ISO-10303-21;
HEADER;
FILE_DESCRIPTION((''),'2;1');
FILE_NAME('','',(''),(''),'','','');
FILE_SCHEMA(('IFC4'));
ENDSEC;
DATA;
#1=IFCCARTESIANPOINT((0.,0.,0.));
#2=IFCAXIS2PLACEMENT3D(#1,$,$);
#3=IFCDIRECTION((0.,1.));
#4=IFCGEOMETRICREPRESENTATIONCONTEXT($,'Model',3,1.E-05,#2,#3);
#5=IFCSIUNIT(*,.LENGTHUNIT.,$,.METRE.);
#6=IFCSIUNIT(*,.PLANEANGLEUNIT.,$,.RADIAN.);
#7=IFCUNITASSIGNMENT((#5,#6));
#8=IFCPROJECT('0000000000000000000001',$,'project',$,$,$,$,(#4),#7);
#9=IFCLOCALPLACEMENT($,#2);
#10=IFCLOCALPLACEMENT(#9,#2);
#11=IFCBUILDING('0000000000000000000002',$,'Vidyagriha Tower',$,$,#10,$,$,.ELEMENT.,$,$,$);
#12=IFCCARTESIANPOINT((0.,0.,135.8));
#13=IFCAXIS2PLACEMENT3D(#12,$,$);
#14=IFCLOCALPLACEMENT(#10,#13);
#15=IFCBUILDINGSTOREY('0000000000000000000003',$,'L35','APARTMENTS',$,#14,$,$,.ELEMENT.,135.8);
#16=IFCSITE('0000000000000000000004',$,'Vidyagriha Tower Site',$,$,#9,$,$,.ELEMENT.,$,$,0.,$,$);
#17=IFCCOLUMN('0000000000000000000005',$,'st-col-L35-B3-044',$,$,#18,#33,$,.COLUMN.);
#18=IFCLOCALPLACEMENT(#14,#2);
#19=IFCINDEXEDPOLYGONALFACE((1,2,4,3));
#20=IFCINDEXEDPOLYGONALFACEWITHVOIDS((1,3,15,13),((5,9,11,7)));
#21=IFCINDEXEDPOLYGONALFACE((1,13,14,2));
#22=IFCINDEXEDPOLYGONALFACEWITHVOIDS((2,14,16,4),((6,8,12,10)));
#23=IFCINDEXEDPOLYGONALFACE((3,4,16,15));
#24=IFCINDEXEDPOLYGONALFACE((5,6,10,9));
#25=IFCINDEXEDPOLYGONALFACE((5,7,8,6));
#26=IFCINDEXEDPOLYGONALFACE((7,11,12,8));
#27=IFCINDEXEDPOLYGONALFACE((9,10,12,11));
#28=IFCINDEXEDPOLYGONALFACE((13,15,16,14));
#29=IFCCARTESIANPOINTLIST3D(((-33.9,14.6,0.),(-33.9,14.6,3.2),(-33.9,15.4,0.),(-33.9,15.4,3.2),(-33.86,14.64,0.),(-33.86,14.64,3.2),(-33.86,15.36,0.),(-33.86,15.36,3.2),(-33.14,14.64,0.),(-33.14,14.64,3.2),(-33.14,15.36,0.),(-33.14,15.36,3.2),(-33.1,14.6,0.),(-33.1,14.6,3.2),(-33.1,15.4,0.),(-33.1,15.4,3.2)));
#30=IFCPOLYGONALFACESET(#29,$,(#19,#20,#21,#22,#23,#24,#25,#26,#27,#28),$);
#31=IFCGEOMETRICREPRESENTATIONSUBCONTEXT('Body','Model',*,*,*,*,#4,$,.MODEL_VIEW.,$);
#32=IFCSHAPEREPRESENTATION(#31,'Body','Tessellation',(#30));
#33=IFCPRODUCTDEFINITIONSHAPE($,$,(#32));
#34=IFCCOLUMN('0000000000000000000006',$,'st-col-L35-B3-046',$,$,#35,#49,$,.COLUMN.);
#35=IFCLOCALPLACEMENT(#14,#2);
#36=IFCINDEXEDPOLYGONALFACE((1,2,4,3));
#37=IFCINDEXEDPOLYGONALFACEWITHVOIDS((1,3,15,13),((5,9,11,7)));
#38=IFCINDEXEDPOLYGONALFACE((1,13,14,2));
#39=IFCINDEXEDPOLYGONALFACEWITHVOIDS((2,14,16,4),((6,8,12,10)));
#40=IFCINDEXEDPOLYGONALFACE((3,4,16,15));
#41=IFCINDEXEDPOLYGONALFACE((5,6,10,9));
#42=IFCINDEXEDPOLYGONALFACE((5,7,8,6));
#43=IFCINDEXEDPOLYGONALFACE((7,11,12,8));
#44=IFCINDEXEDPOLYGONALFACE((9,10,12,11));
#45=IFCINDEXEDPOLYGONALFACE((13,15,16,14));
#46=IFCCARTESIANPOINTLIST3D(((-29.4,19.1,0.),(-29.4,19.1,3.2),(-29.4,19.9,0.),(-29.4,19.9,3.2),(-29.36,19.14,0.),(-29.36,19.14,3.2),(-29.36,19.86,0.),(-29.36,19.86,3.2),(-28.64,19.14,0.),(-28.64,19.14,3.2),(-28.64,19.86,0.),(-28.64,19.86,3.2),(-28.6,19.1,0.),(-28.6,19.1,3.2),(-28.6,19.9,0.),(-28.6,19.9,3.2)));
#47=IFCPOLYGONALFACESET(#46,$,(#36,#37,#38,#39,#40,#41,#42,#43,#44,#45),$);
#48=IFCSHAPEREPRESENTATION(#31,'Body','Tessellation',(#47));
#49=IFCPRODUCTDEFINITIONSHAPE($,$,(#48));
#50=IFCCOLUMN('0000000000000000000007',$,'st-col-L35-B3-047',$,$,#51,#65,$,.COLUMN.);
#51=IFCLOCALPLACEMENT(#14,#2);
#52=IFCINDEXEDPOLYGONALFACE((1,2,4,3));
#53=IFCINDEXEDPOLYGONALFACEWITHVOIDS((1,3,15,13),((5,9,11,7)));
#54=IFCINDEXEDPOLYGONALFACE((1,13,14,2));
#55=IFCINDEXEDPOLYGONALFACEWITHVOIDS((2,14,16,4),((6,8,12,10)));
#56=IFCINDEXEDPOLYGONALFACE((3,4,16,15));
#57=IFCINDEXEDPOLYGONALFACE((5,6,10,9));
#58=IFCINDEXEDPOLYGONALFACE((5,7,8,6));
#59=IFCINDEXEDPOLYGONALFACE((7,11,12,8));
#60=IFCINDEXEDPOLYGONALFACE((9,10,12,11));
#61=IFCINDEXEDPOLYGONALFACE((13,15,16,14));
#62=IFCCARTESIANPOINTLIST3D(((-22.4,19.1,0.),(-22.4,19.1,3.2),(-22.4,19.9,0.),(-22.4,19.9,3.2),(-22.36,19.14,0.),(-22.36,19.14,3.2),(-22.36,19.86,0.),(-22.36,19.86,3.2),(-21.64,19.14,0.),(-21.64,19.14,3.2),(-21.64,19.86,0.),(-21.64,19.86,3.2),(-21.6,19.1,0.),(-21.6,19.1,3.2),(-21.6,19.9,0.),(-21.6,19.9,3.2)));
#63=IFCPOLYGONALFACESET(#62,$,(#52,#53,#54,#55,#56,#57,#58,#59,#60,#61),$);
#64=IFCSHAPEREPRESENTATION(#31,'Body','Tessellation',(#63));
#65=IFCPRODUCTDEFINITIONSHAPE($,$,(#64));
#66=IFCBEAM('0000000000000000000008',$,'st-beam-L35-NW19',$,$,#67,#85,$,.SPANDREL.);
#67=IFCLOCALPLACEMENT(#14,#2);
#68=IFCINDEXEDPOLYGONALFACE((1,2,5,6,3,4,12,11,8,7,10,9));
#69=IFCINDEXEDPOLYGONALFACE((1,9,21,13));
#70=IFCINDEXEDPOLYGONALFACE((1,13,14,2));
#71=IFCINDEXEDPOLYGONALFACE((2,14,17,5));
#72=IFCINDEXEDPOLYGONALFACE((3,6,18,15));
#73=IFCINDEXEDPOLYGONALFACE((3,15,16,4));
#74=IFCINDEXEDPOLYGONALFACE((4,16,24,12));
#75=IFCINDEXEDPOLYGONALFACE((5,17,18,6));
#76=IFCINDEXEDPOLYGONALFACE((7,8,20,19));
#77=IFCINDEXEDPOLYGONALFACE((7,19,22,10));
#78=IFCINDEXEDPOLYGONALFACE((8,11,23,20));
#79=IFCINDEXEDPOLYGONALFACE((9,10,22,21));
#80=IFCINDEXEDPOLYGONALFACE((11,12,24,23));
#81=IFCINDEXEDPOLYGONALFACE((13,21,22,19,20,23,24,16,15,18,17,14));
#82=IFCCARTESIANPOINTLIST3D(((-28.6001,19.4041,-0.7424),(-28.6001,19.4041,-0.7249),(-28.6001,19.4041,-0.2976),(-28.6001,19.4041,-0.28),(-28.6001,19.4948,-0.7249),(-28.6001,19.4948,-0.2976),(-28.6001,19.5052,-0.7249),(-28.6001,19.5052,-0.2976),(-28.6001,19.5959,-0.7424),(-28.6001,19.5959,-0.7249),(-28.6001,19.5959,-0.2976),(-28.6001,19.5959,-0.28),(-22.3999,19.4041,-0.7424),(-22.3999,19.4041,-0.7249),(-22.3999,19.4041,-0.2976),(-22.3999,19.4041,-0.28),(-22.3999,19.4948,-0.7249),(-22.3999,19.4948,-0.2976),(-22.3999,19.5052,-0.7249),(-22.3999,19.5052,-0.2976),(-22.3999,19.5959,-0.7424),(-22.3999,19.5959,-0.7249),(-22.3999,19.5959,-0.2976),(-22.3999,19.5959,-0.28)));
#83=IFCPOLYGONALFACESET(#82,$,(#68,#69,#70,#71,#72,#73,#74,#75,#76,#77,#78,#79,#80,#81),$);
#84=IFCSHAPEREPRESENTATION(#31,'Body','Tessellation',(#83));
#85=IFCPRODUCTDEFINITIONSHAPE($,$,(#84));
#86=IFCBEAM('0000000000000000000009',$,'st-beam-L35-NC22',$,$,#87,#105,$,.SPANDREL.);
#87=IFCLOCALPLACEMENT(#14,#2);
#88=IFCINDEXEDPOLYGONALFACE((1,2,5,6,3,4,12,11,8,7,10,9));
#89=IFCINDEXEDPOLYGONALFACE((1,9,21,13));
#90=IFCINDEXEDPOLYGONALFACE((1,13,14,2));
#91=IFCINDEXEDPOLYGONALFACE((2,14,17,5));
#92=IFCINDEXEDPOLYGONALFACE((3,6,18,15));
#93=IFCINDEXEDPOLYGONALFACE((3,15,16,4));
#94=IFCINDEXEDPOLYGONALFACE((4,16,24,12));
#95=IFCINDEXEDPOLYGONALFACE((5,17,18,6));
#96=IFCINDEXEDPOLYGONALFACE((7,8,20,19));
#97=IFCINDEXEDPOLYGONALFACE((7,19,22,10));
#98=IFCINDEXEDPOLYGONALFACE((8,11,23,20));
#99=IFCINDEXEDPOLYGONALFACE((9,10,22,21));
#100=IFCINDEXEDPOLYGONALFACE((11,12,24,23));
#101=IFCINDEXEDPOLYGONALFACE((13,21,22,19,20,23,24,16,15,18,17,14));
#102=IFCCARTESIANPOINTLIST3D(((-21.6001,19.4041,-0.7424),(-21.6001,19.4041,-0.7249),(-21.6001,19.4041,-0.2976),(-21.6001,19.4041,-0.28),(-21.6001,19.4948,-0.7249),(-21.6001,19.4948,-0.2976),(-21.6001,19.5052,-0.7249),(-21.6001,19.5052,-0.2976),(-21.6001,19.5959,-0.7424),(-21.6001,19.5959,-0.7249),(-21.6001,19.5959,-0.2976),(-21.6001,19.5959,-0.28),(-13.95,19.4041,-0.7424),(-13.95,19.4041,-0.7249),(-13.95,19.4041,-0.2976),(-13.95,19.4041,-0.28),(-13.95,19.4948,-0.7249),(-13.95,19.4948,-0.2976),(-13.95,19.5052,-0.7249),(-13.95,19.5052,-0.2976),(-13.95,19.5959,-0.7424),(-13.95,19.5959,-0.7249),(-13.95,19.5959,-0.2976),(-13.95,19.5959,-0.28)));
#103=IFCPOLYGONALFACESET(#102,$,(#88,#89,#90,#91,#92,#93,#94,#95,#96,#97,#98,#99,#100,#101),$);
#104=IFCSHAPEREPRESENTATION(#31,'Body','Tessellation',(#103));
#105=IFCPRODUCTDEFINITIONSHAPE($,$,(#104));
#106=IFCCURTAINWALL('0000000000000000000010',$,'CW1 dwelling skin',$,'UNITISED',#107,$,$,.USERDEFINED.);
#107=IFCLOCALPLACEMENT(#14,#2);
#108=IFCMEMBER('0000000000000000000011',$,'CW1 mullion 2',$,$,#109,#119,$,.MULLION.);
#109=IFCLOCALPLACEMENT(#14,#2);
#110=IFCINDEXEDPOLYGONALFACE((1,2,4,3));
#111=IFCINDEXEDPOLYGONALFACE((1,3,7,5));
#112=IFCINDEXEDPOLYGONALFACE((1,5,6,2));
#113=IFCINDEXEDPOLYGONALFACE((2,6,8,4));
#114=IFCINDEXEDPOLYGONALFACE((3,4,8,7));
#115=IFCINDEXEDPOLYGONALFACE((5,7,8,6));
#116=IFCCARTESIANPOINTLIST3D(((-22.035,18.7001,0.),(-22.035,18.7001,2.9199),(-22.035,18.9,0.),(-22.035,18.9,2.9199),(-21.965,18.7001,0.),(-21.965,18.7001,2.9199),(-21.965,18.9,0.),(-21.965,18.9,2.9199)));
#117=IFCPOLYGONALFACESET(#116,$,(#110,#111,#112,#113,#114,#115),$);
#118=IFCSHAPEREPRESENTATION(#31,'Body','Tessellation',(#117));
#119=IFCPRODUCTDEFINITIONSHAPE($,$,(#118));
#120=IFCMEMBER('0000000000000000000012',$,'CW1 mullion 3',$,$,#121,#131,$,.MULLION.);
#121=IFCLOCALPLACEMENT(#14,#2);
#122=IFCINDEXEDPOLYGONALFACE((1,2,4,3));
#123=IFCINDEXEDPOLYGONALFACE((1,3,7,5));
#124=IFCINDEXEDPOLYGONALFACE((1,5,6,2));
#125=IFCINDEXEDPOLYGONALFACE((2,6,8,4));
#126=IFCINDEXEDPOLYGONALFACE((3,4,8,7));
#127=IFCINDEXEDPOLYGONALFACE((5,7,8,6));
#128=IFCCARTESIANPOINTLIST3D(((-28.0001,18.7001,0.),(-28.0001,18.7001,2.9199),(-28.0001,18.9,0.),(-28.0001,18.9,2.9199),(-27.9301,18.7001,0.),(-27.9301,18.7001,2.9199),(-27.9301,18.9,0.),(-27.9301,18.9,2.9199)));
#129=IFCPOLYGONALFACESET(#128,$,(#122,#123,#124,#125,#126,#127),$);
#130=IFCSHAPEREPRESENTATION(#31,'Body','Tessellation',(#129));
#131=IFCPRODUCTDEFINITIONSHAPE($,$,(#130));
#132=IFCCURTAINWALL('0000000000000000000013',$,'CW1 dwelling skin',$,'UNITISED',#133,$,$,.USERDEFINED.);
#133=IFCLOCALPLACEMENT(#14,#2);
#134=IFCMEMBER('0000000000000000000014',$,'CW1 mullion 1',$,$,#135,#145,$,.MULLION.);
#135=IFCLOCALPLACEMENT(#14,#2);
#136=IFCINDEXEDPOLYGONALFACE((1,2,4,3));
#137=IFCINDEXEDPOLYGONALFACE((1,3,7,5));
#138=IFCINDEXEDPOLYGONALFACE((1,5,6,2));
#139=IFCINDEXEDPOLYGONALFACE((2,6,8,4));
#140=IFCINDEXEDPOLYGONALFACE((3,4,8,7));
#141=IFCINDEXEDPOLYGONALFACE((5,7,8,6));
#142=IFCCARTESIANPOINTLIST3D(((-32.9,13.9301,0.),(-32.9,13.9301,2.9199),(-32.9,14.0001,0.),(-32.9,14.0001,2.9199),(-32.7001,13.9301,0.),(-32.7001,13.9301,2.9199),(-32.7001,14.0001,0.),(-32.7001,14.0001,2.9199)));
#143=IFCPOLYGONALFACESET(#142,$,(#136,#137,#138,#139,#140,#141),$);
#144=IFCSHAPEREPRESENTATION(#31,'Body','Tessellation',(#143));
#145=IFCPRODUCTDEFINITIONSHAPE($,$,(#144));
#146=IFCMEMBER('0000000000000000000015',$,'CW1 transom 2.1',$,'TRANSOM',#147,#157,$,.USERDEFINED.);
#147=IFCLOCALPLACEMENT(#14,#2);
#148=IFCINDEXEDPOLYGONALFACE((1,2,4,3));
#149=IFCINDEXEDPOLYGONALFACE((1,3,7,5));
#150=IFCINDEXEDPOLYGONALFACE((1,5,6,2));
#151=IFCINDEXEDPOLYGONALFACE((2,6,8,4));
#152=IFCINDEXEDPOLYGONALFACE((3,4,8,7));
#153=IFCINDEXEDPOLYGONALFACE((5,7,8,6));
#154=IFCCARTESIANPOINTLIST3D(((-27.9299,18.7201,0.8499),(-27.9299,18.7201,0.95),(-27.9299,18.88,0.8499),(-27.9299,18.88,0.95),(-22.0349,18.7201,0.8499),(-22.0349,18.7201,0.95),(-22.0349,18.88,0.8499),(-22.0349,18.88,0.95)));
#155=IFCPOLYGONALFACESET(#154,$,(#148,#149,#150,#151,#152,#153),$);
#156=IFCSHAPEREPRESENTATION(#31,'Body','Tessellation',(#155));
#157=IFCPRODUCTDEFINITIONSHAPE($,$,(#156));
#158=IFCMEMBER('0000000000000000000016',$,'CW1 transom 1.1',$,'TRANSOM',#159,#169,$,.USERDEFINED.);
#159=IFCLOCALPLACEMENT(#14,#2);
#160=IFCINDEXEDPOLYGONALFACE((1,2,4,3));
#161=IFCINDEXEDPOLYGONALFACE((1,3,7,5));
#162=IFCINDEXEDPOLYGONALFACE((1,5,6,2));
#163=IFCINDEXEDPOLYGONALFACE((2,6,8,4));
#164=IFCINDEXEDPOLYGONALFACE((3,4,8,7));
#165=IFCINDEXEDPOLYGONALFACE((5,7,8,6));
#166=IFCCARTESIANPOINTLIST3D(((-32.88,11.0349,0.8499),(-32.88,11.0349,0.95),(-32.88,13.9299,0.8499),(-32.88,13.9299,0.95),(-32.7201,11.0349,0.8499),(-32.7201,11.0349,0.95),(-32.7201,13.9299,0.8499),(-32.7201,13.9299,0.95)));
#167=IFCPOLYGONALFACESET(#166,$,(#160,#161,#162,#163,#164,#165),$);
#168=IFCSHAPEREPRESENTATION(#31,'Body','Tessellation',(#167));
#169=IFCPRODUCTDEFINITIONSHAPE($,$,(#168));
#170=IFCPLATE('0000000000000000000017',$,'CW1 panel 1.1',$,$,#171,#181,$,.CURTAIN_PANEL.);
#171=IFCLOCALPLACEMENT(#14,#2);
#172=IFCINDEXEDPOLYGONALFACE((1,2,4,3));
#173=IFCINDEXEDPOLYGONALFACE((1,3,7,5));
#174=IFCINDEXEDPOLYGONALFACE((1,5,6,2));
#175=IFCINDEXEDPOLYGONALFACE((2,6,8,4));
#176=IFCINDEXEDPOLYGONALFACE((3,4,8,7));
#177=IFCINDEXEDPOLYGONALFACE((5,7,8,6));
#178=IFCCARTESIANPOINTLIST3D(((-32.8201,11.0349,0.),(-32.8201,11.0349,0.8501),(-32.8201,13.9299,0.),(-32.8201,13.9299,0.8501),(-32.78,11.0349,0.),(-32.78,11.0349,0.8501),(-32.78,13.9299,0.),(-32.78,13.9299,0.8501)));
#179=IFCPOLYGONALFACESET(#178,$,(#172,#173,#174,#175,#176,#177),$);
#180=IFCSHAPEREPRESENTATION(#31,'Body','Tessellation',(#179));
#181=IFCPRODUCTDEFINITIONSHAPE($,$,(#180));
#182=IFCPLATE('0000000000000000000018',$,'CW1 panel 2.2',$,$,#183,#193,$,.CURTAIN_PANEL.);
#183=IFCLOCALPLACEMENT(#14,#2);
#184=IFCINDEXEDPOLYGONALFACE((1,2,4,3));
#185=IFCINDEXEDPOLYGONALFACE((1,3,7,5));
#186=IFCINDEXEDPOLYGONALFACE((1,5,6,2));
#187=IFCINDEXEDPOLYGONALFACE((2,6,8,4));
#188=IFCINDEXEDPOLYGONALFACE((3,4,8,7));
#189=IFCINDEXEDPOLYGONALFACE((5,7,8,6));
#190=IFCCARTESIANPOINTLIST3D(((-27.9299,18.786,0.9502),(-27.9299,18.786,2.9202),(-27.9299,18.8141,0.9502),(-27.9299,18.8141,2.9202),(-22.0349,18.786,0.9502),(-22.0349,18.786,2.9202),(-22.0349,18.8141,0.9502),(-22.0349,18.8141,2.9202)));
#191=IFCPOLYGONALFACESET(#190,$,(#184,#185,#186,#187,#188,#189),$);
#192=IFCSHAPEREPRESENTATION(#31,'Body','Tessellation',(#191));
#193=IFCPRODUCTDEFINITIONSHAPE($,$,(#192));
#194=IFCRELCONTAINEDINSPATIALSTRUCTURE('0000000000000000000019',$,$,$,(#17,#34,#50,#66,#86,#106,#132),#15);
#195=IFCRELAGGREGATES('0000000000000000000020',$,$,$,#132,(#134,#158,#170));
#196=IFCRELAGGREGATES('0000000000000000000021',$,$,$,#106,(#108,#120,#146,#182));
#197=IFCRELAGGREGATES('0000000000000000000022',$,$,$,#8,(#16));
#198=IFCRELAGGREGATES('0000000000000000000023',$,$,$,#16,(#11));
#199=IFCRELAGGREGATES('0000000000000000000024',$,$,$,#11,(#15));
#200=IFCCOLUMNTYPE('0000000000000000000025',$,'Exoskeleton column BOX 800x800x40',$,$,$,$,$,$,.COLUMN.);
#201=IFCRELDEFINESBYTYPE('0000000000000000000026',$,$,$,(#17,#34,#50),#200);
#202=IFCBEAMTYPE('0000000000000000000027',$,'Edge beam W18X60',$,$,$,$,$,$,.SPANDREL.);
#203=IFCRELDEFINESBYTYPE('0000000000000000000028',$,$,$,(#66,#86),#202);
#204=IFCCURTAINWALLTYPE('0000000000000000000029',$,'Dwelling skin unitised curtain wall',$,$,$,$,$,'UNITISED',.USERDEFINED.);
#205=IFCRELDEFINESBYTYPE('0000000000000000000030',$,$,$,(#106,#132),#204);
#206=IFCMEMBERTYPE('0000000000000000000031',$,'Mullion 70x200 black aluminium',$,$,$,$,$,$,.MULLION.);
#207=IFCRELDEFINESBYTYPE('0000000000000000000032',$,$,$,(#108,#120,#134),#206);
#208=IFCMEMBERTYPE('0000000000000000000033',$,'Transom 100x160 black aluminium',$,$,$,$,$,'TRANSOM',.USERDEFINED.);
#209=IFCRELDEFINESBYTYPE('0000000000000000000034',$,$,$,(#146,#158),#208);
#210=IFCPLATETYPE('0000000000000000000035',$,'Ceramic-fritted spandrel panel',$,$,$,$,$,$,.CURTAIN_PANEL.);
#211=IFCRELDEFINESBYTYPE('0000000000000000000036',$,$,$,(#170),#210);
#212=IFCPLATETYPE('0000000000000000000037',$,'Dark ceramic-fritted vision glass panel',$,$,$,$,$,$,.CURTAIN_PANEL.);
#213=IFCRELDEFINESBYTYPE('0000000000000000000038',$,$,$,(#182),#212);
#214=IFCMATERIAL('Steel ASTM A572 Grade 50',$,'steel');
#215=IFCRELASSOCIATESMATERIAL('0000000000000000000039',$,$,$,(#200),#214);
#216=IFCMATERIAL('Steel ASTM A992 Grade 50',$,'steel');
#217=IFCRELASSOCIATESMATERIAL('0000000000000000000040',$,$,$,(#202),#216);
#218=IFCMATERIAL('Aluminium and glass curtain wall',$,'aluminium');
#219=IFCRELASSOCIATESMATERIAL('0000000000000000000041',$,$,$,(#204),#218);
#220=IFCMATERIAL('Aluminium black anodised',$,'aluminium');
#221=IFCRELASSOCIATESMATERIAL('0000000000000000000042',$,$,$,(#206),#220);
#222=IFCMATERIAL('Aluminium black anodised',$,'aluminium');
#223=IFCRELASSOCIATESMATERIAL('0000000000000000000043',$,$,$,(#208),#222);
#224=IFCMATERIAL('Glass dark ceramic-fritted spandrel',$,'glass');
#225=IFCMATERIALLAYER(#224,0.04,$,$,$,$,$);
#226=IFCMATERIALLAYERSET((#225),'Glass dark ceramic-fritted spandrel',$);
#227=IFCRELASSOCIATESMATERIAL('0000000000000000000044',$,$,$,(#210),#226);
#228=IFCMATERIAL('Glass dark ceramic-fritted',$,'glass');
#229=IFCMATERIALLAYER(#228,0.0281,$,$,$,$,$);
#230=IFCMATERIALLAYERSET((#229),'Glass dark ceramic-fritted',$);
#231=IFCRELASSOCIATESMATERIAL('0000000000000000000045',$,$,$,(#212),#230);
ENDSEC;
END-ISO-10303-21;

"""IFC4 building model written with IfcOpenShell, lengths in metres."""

from ifc_helpers import new_model, si_unit, direction, frame, origin, origin_2d, place, context, subcontext, project, spatial, rectangle, hollow_rectangle, i_section, extrude, material, layer, layer_set, material_profile, profile_set, type_object, element, aggregate, save


model = new_model("IFC4")

# Units and contexts
model_context = context("Model", 3, precision=1e-05, world=origin(), true_north=direction((0.0, 1.0)))
body_context = subcontext(model_context, "Body", "Model", "MODEL_VIEW")
ifc_project = project(units=[si_unit("LENGTHUNIT", "METRE"), si_unit("PLANEANGLEUNIT", "RADIAN")], contexts=[model_context])

# Site, building, storey
site_placement = place(None, origin())
site = spatial("IfcSite", under=ifc_project, at=site_placement, Name="Vidyagriha Tower Site", CompositionType="ELEMENT", RefElevation=0.0)
building_placement = place(site_placement, origin())
building = spatial("IfcBuilding", under=site, at=building_placement, Name="Vidyagriha Tower", CompositionType="ELEMENT")
storey_placement = place(building_placement, frame((0.0, 0.0, 135.8)))
storey = spatial("IfcBuildingStorey", under=building, at=storey_placement, Name="L35", Description="APARTMENTS", CompositionType="ELEMENT", Elevation=135.8)

# Columns
ifc_material_1 = material(Name="Steel ASTM A572 Grade 50", Category="steel")
ifc_material_profile_1 = material_profile(ifc_material_1, hollow_rectangle(XDim=0.8, YDim=0.8, WallThickness=0.04, at=origin_2d()), Name="BOX 800x800x40")
ifc_profile_set_1 = profile_set([ifc_material_profile_1], Name="Steel ASTM A572 Grade 50")
column_type = type_object("IfcColumnType", Name="Exoskeleton column BOX 800x800x40", PredefinedType="COLUMN", material=ifc_profile_set_1)
for number, where, name in (
    (1, (-33.5, 15.0, 0.0), "st-col-L35-B3-044"),
    (2, (-29.0, 19.5, 0.0), "st-col-L35-B3-046"),
    (3, (-22.0, 19.5, 0.0), "st-col-L35-B3-047"),
):
    element("IfcColumn", number, at=place(storey_placement, frame(where)), inside=storey, type_object=column_type, Name=name, PredefinedType="COLUMN", context=body_context, shape_type="SweptSolid", body=[
        extrude(hollow_rectangle(XDim=0.8, YDim=0.8, WallThickness=0.04, at=origin_2d()), origin(), (0.0, 0.0, 1.0), 3.2),
    ])

# Beams
ifc_material_2 = material(Name="Steel ASTM A992 Grade 50", Category="steel")
ifc_material_profile_2 = material_profile(ifc_material_2, i_section(OverallWidth=0.1919, OverallDepth=0.4624, WebThickness=0.0105, FlangeThickness=0.0176, at=origin_2d()), Name="W18X60")
ifc_profile_set_2 = profile_set([ifc_material_profile_2], Name="Steel ASTM A992 Grade 50")
beam_type = type_object("IfcBeamType", Name="Edge beam W18X60", PredefinedType="SPANDREL", material=ifc_profile_set_2)
beam_1_placement = place(storey_placement, frame((-28.6001, 19.5, -0.5112), z_axis=(1.0, 0.0, 0.0), x_axis=(0.0, 1.0, 0.0)))
element("IfcBeam", 4, at=beam_1_placement, inside=storey, type_object=beam_type, Name="st-beam-L35-NW19", PredefinedType="SPANDREL", context=body_context, shape_type="SweptSolid", body=[
    extrude(i_section(OverallWidth=0.1919, OverallDepth=0.4624, WebThickness=0.0105, FlangeThickness=0.0176, at=origin_2d()), origin(), (0.0, 0.0, 1.0), 6.2002),
])
beam_2_placement = place(storey_placement, frame((-21.6001, 19.5, -0.5112), z_axis=(1.0, 0.0, 0.0), x_axis=(0.0, 1.0, 0.0)))
element("IfcBeam", 5, at=beam_2_placement, inside=storey, type_object=beam_type, Name="st-beam-L35-NC22", PredefinedType="SPANDREL", context=body_context, shape_type="SweptSolid", body=[
    extrude(i_section(OverallWidth=0.1919, OverallDepth=0.4624, WebThickness=0.0105, FlangeThickness=0.0176, at=origin_2d()), origin(), (0.0, 0.0, 1.0), 7.6501),
])

# Curtain wall, members
ifc_material_3 = material(Name="Aluminium and glass curtain wall", Category="aluminium")
curtain_wall_type = type_object("IfcCurtainWallType", Name="Dwelling skin unitised curtain wall", ElementType="UNITISED", PredefinedType="USERDEFINED", material=ifc_material_3)
curtain_wall_1_placement = place(storey_placement, origin())
curtain_wall_1 = element("IfcCurtainWall", 6, at=curtain_wall_1_placement, inside=storey, type_object=curtain_wall_type, Name="CW1 dwelling skin", ObjectType="UNITISED", PredefinedType="USERDEFINED")
ifc_material_4 = material(Name="Aluminium black anodised", Category="aluminium")
ifc_material_profile_3 = material_profile(ifc_material_4, rectangle(XDim=0.2, YDim=0.0701, at=origin_2d()), Name="Mullion 70x200 black aluminium")
ifc_profile_set_3 = profile_set([ifc_material_profile_3], Name="Aluminium black anodised")
member_type_1 = type_object("IfcMemberType", Name="Mullion 70x200 black aluminium", PredefinedType="MULLION", material=ifc_profile_set_3)
member_1_placement = place(storey_placement, frame((-22.0, 18.8, 0.0), z_axis=(0.0, 0.0, 1.0), x_axis=(0.0, -1.0, 0.0)))
member_1 = element("IfcMember", 7, at=member_1_placement, type_object=member_type_1, Name="CW1 mullion 2", PredefinedType="MULLION", context=body_context, shape_type="SweptSolid", body=[
    extrude(rectangle(XDim=0.2, YDim=0.0701, at=origin_2d()), origin(), (0.0, 0.0, 1.0), 2.9199),
])
member_2_placement = place(storey_placement, frame((-27.9651, 18.8, 0.0), z_axis=(0.0, 0.0, 1.0), x_axis=(0.0, -1.0, 0.0)))
member_2 = element("IfcMember", 8, at=member_2_placement, type_object=member_type_1, Name="CW1 mullion 3", PredefinedType="MULLION", context=body_context, shape_type="SweptSolid", body=[
    extrude(rectangle(XDim=0.2, YDim=0.0701, at=origin_2d()), origin(), (0.0, 0.0, 1.0), 2.9199),
])

# Curtain wall, member
curtain_wall_2_placement = place(storey_placement, origin())
curtain_wall_2 = element("IfcCurtainWall", 9, at=curtain_wall_2_placement, inside=storey, type_object=curtain_wall_type, Name="CW1 dwelling skin", ObjectType="UNITISED", PredefinedType="USERDEFINED")
member_3_placement = place(storey_placement, frame((-32.8, 13.9651, 0.0)))
member_3 = element("IfcMember", 10, at=member_3_placement, type_object=member_type_1, Name="CW1 mullion 1", PredefinedType="MULLION", context=body_context, shape_type="SweptSolid", body=[
    extrude(rectangle(XDim=0.2, YDim=0.0701, at=origin_2d()), origin(), (0.0, 0.0, 1.0), 2.9199),
])

# Members
ifc_material_5 = material(Name="Aluminium black anodised", Category="aluminium")
ifc_material_profile_4 = material_profile(ifc_material_5, rectangle(XDim=0.1599, YDim=0.1001, at=origin_2d()), Name="Transom 100x160 black aluminium")
ifc_profile_set_4 = profile_set([ifc_material_profile_4], Name="Aluminium black anodised")
member_type_2 = type_object("IfcMemberType", Name="Transom 100x160 black aluminium", ElementType="TRANSOM", PredefinedType="USERDEFINED", material=ifc_profile_set_4)
member_4_placement = place(storey_placement, frame((-22.0349, 18.8, 0.8999), z_axis=(-1.0, 0.0, 0.0), x_axis=(0.0, -1.0, 0.0)))
member_4 = element("IfcMember", 11, at=member_4_placement, type_object=member_type_2, Name="CW1 transom 2.1", ObjectType="TRANSOM", PredefinedType="USERDEFINED", context=body_context, shape_type="SweptSolid", body=[
    extrude(rectangle(XDim=0.1599, YDim=0.1001, at=origin_2d()), origin(), (0.0, 0.0, 1.0), 5.895),
])
member_5_placement = place(storey_placement, frame((-32.8, 13.9299, 0.8999), z_axis=(0.0, -1.0, 0.0), x_axis=(1.0, 0.0, 0.0)))
member_5 = element("IfcMember", 12, at=member_5_placement, type_object=member_type_2, Name="CW1 transom 1.1", ObjectType="TRANSOM", PredefinedType="USERDEFINED", context=body_context, shape_type="SweptSolid", body=[
    extrude(rectangle(XDim=0.1599, YDim=0.1001, at=origin_2d()), origin(), (0.0, 0.0, 1.0), 2.895),
])

# Plates
ifc_material_6 = material(Name="Glass dark ceramic-fritted spandrel", Category="glass")
ifc_layer_1 = layer(ifc_material_6, 0.04)
ifc_layer_set_1 = layer_set([ifc_layer_1], Name="Glass dark ceramic-fritted spandrel")
plate_type_1 = type_object("IfcPlateType", Name="Ceramic-fritted spandrel panel", PredefinedType="CURTAIN_PANEL", material=ifc_layer_set_1)
plate_1_placement = place(storey_placement, frame((-32.8, 12.4824, 0.0), z_axis=(0.0, 0.0, 1.0), x_axis=(0.0, -1.0, 0.0)))
plate_1 = element("IfcPlate", 13, at=plate_1_placement, type_object=plate_type_1, Name="CW1 panel 1.1", PredefinedType="CURTAIN_PANEL", context=body_context, shape_type="SweptSolid", body=[
    extrude(rectangle(XDim=2.895, YDim=0.04, at=origin_2d()), origin(), (0.0, 0.0, 1.0), 0.8501),
])
ifc_material_7 = material(Name="Glass dark ceramic-fritted", Category="glass")
ifc_layer_2 = layer(ifc_material_7, 0.0281)
ifc_layer_set_2 = layer_set([ifc_layer_2], Name="Glass dark ceramic-fritted")
plate_type_2 = type_object("IfcPlateType", Name="Dark ceramic-fritted vision glass panel", PredefinedType="CURTAIN_PANEL", material=ifc_layer_set_2)
plate_2_placement = place(storey_placement, frame((-24.9824, 18.8, 0.9502), z_axis=(0.0, 0.0, 1.0), x_axis=(-1.0, 0.0, 0.0)))
plate_2 = element("IfcPlate", 14, at=plate_2_placement, type_object=plate_type_2, Name="CW1 panel 2.2", PredefinedType="CURTAIN_PANEL", context=body_context, shape_type="SweptSolid", body=[
    extrude(rectangle(XDim=5.895, YDim=0.0281, at=origin_2d()), origin(), (0.0, 0.0, 1.0), 1.97),
])
aggregate(curtain_wall_2, [member_3, member_5, plate_1])
aggregate(curtain_wall_1, [member_1, member_2, member_4, plate_2])

save(model, "model.ifc")
